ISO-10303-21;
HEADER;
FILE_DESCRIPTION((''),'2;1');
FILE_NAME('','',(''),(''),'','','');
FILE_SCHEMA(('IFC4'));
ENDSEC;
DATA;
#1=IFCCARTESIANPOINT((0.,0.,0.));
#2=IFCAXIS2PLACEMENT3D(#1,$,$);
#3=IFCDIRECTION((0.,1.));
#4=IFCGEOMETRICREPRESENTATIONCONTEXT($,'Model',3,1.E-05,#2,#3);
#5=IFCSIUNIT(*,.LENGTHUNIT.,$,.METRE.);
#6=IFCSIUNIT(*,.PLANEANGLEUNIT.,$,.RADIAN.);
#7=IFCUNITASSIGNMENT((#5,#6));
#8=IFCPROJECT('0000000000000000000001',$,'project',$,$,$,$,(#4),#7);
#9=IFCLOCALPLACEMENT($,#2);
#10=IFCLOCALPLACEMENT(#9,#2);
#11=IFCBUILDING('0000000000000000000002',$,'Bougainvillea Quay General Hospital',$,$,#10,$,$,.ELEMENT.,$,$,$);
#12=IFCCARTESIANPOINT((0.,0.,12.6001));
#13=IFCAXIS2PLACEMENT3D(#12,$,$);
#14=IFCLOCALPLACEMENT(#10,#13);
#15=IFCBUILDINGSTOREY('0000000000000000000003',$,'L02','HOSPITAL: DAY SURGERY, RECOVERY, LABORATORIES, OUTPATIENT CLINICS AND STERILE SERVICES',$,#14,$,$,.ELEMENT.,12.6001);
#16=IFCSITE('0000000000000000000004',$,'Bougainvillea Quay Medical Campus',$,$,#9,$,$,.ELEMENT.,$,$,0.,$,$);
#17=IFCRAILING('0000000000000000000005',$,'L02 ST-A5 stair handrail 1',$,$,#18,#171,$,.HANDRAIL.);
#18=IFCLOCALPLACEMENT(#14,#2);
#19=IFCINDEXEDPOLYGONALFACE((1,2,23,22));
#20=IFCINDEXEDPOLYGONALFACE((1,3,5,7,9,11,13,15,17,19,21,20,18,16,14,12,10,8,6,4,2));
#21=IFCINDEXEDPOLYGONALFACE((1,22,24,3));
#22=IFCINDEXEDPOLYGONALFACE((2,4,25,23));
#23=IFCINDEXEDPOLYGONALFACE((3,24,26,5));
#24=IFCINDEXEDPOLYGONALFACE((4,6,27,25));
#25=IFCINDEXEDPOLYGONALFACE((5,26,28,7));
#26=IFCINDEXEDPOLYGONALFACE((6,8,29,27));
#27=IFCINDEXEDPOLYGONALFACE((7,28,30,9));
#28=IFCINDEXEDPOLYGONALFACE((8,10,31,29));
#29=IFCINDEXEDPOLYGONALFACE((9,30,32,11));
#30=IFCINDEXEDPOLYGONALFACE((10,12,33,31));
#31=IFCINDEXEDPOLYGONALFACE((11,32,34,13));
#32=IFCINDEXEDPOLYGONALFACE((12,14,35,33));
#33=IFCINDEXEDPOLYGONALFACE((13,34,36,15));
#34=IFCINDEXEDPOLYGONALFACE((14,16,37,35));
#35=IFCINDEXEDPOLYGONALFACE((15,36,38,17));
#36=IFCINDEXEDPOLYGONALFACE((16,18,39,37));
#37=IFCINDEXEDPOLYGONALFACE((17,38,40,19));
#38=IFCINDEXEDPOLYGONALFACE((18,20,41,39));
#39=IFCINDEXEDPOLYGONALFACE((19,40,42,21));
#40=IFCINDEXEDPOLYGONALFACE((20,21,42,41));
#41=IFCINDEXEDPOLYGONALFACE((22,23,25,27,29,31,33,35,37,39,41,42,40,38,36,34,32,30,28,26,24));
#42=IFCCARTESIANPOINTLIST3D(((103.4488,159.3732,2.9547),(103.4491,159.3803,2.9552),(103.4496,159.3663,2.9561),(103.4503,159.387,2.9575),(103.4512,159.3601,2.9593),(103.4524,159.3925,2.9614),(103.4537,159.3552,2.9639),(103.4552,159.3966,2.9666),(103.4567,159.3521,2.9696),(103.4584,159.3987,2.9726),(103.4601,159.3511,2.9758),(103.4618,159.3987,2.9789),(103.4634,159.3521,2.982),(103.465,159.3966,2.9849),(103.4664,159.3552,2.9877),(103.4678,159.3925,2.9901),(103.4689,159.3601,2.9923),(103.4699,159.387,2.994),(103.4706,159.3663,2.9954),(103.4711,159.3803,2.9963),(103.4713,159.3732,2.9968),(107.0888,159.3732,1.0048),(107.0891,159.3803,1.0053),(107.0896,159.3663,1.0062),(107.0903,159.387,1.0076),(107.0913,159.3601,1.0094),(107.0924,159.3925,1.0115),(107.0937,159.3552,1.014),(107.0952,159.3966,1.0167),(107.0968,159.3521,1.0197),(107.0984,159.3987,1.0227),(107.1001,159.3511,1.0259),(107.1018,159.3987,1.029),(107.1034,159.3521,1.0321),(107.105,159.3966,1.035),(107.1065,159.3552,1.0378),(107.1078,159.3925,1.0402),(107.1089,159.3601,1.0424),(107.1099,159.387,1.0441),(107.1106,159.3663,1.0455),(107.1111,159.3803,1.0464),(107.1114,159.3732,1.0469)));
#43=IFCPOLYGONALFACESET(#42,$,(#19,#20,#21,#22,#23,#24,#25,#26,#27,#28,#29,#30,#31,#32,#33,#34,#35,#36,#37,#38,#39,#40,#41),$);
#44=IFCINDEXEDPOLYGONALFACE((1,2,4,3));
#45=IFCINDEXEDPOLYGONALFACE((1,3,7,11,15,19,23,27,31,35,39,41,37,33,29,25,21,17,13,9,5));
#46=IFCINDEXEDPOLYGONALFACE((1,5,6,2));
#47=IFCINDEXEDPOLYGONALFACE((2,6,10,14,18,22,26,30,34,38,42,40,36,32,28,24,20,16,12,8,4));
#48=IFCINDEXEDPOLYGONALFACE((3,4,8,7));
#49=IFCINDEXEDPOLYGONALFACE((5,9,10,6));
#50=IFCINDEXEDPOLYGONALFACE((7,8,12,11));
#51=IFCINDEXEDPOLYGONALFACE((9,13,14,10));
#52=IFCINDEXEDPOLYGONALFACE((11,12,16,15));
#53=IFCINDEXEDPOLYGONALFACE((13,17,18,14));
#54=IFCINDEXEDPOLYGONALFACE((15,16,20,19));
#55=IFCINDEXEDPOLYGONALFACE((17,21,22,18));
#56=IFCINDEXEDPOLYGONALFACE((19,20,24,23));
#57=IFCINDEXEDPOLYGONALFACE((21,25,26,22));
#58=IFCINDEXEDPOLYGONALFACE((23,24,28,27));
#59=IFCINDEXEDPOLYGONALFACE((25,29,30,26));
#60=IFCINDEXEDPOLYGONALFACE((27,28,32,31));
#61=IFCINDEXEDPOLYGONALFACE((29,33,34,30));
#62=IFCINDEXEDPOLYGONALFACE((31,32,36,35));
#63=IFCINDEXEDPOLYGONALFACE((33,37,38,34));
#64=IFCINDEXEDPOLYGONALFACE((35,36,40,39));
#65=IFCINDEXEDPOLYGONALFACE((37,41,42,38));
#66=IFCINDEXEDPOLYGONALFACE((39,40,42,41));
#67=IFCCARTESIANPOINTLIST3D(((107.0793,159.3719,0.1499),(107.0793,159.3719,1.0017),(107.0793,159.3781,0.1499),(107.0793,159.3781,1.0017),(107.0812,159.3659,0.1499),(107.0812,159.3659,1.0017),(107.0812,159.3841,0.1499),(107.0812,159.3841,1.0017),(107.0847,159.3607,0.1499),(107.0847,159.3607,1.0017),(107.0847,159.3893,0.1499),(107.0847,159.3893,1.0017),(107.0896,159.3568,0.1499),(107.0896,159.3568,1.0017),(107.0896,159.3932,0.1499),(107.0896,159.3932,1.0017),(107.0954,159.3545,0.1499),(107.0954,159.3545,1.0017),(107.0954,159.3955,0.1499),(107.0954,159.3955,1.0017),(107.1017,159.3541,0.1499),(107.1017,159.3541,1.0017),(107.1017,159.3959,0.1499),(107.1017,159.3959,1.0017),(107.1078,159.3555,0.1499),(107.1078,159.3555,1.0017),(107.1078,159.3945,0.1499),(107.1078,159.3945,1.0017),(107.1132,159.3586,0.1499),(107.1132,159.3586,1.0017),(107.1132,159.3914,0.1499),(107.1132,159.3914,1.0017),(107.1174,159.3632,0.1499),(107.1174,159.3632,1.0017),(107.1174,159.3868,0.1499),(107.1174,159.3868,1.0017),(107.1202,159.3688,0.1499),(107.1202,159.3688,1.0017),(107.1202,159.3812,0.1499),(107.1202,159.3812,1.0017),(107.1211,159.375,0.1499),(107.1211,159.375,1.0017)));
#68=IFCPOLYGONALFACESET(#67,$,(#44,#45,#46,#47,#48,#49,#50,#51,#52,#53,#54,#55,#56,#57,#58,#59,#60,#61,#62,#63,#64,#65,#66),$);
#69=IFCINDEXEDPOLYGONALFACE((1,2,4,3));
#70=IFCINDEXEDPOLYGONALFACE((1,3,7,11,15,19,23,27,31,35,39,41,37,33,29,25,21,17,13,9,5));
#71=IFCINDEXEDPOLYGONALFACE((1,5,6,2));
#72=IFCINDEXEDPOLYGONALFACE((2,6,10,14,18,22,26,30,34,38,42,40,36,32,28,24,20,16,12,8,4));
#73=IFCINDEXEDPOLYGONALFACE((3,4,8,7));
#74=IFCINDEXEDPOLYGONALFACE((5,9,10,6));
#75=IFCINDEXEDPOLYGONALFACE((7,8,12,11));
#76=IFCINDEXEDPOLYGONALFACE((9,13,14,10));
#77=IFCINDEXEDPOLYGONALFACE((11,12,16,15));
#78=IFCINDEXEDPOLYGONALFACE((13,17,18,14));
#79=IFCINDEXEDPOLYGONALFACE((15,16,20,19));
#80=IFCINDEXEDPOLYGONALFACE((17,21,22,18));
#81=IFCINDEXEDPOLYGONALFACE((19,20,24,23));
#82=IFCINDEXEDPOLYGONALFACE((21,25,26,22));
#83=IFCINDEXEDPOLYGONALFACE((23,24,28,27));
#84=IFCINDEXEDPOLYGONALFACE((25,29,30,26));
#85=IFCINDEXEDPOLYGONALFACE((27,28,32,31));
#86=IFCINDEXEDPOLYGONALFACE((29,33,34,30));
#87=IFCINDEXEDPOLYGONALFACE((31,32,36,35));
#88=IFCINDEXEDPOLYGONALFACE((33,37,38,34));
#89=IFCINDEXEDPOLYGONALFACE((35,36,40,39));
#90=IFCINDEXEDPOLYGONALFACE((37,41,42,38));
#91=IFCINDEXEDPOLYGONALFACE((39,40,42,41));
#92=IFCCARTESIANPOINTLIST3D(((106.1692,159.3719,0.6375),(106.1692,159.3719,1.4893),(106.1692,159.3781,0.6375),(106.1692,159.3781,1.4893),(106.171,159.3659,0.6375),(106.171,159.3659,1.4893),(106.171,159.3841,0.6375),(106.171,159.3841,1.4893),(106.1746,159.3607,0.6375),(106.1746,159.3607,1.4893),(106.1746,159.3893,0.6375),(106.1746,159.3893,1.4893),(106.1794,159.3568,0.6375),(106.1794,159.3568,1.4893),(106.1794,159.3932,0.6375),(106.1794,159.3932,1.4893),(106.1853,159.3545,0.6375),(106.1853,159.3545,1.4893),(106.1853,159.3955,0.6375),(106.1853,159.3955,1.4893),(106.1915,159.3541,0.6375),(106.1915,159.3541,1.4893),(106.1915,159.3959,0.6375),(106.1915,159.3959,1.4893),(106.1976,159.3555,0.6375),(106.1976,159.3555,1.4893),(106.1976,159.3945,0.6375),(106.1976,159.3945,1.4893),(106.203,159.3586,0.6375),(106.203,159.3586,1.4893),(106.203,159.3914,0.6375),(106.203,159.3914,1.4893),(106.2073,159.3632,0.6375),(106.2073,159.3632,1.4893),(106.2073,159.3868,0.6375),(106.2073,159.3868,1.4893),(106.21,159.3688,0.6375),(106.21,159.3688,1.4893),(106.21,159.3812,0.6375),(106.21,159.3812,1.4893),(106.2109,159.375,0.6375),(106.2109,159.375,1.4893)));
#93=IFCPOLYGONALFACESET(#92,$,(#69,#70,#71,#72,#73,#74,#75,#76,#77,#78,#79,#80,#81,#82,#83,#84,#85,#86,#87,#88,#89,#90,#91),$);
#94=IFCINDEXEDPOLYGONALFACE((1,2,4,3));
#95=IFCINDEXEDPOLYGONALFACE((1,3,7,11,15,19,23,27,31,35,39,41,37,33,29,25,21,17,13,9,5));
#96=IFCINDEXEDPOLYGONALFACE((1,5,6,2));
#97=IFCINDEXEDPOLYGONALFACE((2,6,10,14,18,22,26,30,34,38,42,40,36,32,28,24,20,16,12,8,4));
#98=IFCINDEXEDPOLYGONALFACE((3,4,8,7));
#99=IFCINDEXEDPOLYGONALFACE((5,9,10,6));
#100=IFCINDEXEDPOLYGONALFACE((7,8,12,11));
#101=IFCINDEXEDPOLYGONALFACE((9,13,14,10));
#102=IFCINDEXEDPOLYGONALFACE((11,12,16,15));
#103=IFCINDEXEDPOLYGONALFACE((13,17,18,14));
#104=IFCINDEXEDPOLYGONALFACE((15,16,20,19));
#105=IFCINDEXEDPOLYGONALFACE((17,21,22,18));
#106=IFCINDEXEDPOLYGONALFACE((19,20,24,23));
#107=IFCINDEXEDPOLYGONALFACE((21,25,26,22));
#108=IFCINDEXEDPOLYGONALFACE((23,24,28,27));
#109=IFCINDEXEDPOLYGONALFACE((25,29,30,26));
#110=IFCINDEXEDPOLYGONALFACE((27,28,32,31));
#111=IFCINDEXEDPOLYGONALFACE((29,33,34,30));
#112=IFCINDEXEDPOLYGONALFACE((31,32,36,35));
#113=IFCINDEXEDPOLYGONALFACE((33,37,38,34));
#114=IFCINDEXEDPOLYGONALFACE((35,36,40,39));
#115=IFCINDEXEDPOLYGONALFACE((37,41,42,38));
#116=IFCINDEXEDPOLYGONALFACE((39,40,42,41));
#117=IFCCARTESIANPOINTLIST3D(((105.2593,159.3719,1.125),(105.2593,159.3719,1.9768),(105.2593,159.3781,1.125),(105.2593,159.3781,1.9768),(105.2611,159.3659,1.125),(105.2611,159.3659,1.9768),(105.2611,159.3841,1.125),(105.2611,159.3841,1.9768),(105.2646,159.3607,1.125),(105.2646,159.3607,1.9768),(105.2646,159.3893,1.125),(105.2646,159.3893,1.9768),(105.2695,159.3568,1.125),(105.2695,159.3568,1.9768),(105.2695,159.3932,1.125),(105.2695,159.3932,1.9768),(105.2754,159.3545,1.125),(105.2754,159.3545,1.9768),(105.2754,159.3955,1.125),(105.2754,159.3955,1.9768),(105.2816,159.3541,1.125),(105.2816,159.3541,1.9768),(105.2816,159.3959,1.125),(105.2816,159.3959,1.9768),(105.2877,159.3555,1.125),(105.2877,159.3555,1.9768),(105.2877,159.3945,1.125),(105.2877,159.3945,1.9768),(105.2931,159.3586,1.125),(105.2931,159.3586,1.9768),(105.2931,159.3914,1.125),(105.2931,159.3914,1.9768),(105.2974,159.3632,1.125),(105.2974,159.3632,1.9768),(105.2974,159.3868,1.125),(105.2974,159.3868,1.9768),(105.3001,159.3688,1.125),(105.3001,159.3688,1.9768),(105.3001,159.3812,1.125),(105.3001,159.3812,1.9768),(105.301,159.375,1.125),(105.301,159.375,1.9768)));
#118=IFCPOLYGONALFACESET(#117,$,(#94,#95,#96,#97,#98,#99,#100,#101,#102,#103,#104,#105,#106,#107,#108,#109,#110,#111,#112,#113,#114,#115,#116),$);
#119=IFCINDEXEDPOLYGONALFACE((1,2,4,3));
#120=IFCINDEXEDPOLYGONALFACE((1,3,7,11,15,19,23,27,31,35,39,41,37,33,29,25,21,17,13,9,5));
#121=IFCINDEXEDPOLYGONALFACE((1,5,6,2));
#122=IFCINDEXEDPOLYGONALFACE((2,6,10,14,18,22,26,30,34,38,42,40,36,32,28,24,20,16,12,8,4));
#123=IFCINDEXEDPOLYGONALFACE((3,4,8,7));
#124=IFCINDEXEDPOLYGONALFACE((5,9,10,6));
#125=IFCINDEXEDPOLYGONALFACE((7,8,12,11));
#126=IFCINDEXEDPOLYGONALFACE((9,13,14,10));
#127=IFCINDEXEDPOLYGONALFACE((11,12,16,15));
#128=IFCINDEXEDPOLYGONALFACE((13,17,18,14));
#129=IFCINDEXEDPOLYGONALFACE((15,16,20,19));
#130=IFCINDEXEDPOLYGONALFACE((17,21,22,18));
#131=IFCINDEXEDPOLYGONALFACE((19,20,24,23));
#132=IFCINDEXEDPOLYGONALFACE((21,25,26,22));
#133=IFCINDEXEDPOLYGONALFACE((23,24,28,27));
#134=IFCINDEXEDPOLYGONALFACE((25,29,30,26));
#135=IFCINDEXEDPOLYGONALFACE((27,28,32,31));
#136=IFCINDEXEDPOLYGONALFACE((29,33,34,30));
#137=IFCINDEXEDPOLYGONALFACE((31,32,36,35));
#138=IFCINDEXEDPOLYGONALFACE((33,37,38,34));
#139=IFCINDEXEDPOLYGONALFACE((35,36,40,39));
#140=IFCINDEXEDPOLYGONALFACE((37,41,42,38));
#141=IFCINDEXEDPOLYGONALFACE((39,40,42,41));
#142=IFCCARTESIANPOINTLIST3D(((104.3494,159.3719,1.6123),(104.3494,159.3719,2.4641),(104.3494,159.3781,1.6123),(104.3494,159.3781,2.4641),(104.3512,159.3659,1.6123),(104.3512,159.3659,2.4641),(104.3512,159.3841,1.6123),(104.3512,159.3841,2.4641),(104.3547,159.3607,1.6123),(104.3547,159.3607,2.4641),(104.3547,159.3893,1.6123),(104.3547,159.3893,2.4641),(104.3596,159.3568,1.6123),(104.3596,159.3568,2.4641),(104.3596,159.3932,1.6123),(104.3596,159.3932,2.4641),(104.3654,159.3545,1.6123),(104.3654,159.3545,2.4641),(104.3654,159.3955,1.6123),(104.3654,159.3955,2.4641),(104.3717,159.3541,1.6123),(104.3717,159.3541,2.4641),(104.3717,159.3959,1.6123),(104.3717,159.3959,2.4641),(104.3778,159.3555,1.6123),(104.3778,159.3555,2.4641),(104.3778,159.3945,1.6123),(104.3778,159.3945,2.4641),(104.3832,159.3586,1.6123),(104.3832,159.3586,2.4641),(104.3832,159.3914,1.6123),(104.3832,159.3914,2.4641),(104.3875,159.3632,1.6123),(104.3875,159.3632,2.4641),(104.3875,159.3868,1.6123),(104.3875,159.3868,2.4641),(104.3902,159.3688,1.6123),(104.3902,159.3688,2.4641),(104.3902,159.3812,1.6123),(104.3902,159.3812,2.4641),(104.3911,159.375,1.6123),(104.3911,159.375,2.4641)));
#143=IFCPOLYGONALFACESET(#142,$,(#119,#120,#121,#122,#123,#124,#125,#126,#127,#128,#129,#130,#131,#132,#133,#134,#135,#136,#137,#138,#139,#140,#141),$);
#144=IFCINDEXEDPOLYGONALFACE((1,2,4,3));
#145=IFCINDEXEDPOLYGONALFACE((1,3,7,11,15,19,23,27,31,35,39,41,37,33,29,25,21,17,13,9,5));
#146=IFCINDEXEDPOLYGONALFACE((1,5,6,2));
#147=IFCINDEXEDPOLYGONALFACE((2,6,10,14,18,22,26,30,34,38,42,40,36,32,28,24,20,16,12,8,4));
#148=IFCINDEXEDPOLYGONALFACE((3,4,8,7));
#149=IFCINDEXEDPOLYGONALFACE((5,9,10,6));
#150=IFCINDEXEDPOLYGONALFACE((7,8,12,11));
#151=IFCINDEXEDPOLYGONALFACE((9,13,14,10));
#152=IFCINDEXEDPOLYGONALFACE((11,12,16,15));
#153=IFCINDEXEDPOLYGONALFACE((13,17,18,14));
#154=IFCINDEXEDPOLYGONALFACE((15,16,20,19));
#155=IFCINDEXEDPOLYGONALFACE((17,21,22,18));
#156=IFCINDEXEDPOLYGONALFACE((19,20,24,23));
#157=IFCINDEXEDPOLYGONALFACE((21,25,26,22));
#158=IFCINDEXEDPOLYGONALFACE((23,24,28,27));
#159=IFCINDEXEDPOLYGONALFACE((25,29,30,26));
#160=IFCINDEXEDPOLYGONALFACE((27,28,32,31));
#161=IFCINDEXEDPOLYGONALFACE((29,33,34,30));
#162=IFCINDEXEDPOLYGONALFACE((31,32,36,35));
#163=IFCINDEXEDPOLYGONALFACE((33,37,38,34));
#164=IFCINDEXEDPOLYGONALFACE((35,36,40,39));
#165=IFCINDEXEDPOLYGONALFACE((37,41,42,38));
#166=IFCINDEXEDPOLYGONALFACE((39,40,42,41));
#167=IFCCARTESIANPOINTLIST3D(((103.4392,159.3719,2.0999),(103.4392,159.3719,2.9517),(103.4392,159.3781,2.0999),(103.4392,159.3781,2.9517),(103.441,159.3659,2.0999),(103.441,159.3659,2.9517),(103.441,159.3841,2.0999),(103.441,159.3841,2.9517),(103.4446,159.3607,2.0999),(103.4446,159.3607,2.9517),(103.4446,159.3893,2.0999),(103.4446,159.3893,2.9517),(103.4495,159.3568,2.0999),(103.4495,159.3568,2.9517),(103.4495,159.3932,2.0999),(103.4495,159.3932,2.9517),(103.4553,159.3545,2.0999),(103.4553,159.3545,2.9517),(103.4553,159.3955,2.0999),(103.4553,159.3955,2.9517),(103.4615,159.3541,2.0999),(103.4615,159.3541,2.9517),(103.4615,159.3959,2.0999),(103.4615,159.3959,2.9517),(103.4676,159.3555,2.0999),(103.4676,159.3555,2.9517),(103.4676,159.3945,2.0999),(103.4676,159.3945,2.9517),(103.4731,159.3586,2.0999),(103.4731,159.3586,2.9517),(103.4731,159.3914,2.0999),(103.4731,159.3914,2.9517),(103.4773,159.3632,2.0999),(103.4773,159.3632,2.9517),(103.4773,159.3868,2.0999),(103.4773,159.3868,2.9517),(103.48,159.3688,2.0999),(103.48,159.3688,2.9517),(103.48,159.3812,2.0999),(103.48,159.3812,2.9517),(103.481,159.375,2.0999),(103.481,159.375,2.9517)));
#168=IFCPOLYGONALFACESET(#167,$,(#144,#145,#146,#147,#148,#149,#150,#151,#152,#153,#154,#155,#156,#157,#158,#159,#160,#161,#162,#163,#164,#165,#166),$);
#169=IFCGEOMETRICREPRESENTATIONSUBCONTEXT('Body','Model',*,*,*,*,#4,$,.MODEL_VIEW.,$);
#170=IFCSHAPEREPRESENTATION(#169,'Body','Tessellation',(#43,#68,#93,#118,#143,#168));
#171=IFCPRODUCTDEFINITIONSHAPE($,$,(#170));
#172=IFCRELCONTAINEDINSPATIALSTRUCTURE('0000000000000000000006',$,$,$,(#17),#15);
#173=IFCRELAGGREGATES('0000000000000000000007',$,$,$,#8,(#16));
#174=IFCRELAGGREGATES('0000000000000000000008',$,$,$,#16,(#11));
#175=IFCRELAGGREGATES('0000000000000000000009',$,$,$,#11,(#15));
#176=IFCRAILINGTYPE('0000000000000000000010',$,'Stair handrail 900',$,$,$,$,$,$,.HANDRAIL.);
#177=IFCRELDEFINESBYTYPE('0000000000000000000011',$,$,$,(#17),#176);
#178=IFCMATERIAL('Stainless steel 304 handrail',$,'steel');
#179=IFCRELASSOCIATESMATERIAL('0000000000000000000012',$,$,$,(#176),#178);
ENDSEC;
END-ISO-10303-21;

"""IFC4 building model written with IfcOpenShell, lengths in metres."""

from ifc_helpers import new_model, si_unit, direction, frame, origin, origin_2d, place, context, subcontext, project, spatial, circle, extrude, material, type_object, element, save


model = new_model("IFC4")

# Units and contexts
model_context = context("Model", 3, precision=1e-05, world=origin(), true_north=direction((0.0, 1.0)))
body_context = subcontext(model_context, "Body", "Model", "MODEL_VIEW")
ifc_project = project(units=[si_unit("LENGTHUNIT", "METRE"), si_unit("PLANEANGLEUNIT", "RADIAN")], contexts=[model_context])

# Site, building, storey
site_placement = place(None, origin())
site = spatial("IfcSite", under=ifc_project, at=site_placement, Name="Bougainvillea Quay Medical Campus", CompositionType="ELEMENT", RefElevation=0.0)
building_placement = place(site_placement, origin())
building = spatial("IfcBuilding", under=site, at=building_placement, Name="Bougainvillea Quay General Hospital", CompositionType="ELEMENT")
storey_placement = place(building_placement, frame((0.0, 0.0, 12.6001)))
storey = spatial("IfcBuildingStorey", under=building, at=storey_placement, Name="L02", Description="HOSPITAL: DAY SURGERY, RECOVERY, LABORATORIES, OUTPATIENT CLINICS AND STERILE SERVICES", CompositionType="ELEMENT", Elevation=12.6001)

# Railing
ifc_material_1 = material(Name="Stainless steel 304 handrail", Category="steel")
railing_type_1 = type_object("IfcRailingType", Name="Stair handrail 900", PredefinedType="HANDRAIL", material=ifc_material_1)
railing_1_placement = place(storey_placement, frame((107.1001, 159.375, 0.1499)))
element("IfcRailing", 1, at=railing_1_placement, inside=storey, type_object=railing_type_1, Name="L02 ST-A5 stair handrail 1", PredefinedType="HANDRAIL", context=body_context, shape_type="SweptSolid", body=[
    extrude(circle(Radius=0.0239, at=origin_2d()), frame((0.0, 0.0, 0.876), z_axis=(-0.881492, 0.0, 0.472198), x_axis=(0.0, -1.0, 0.0)), (0.0, 0.0, 1.0), 4.1294),
    extrude(circle(Radius=0.021, at=origin_2d()), origin(), (0.0, 0.0, 1.0), 0.8518),
    extrude(circle(Radius=0.021, at=origin_2d()), frame((-0.9102, 0.0, 0.4875)), (0.0, 0.0, 1.0), 0.8518),
    extrude(circle(Radius=0.021, at=origin_2d()), frame((-1.8201, 0.0, 0.9751)), (0.0, 0.0, 1.0), 0.8518),
    extrude(circle(Radius=0.021, at=origin_2d()), frame((-2.73, 0.0, 1.4624)), (0.0, 0.0, 1.0), 0.8518),
    extrude(circle(Radius=0.021, at=origin_2d()), frame((-3.6401, 0.0, 1.95)), (0.0, 0.0, 1.0), 0.8518),
])

save(model, "model.ifc")
